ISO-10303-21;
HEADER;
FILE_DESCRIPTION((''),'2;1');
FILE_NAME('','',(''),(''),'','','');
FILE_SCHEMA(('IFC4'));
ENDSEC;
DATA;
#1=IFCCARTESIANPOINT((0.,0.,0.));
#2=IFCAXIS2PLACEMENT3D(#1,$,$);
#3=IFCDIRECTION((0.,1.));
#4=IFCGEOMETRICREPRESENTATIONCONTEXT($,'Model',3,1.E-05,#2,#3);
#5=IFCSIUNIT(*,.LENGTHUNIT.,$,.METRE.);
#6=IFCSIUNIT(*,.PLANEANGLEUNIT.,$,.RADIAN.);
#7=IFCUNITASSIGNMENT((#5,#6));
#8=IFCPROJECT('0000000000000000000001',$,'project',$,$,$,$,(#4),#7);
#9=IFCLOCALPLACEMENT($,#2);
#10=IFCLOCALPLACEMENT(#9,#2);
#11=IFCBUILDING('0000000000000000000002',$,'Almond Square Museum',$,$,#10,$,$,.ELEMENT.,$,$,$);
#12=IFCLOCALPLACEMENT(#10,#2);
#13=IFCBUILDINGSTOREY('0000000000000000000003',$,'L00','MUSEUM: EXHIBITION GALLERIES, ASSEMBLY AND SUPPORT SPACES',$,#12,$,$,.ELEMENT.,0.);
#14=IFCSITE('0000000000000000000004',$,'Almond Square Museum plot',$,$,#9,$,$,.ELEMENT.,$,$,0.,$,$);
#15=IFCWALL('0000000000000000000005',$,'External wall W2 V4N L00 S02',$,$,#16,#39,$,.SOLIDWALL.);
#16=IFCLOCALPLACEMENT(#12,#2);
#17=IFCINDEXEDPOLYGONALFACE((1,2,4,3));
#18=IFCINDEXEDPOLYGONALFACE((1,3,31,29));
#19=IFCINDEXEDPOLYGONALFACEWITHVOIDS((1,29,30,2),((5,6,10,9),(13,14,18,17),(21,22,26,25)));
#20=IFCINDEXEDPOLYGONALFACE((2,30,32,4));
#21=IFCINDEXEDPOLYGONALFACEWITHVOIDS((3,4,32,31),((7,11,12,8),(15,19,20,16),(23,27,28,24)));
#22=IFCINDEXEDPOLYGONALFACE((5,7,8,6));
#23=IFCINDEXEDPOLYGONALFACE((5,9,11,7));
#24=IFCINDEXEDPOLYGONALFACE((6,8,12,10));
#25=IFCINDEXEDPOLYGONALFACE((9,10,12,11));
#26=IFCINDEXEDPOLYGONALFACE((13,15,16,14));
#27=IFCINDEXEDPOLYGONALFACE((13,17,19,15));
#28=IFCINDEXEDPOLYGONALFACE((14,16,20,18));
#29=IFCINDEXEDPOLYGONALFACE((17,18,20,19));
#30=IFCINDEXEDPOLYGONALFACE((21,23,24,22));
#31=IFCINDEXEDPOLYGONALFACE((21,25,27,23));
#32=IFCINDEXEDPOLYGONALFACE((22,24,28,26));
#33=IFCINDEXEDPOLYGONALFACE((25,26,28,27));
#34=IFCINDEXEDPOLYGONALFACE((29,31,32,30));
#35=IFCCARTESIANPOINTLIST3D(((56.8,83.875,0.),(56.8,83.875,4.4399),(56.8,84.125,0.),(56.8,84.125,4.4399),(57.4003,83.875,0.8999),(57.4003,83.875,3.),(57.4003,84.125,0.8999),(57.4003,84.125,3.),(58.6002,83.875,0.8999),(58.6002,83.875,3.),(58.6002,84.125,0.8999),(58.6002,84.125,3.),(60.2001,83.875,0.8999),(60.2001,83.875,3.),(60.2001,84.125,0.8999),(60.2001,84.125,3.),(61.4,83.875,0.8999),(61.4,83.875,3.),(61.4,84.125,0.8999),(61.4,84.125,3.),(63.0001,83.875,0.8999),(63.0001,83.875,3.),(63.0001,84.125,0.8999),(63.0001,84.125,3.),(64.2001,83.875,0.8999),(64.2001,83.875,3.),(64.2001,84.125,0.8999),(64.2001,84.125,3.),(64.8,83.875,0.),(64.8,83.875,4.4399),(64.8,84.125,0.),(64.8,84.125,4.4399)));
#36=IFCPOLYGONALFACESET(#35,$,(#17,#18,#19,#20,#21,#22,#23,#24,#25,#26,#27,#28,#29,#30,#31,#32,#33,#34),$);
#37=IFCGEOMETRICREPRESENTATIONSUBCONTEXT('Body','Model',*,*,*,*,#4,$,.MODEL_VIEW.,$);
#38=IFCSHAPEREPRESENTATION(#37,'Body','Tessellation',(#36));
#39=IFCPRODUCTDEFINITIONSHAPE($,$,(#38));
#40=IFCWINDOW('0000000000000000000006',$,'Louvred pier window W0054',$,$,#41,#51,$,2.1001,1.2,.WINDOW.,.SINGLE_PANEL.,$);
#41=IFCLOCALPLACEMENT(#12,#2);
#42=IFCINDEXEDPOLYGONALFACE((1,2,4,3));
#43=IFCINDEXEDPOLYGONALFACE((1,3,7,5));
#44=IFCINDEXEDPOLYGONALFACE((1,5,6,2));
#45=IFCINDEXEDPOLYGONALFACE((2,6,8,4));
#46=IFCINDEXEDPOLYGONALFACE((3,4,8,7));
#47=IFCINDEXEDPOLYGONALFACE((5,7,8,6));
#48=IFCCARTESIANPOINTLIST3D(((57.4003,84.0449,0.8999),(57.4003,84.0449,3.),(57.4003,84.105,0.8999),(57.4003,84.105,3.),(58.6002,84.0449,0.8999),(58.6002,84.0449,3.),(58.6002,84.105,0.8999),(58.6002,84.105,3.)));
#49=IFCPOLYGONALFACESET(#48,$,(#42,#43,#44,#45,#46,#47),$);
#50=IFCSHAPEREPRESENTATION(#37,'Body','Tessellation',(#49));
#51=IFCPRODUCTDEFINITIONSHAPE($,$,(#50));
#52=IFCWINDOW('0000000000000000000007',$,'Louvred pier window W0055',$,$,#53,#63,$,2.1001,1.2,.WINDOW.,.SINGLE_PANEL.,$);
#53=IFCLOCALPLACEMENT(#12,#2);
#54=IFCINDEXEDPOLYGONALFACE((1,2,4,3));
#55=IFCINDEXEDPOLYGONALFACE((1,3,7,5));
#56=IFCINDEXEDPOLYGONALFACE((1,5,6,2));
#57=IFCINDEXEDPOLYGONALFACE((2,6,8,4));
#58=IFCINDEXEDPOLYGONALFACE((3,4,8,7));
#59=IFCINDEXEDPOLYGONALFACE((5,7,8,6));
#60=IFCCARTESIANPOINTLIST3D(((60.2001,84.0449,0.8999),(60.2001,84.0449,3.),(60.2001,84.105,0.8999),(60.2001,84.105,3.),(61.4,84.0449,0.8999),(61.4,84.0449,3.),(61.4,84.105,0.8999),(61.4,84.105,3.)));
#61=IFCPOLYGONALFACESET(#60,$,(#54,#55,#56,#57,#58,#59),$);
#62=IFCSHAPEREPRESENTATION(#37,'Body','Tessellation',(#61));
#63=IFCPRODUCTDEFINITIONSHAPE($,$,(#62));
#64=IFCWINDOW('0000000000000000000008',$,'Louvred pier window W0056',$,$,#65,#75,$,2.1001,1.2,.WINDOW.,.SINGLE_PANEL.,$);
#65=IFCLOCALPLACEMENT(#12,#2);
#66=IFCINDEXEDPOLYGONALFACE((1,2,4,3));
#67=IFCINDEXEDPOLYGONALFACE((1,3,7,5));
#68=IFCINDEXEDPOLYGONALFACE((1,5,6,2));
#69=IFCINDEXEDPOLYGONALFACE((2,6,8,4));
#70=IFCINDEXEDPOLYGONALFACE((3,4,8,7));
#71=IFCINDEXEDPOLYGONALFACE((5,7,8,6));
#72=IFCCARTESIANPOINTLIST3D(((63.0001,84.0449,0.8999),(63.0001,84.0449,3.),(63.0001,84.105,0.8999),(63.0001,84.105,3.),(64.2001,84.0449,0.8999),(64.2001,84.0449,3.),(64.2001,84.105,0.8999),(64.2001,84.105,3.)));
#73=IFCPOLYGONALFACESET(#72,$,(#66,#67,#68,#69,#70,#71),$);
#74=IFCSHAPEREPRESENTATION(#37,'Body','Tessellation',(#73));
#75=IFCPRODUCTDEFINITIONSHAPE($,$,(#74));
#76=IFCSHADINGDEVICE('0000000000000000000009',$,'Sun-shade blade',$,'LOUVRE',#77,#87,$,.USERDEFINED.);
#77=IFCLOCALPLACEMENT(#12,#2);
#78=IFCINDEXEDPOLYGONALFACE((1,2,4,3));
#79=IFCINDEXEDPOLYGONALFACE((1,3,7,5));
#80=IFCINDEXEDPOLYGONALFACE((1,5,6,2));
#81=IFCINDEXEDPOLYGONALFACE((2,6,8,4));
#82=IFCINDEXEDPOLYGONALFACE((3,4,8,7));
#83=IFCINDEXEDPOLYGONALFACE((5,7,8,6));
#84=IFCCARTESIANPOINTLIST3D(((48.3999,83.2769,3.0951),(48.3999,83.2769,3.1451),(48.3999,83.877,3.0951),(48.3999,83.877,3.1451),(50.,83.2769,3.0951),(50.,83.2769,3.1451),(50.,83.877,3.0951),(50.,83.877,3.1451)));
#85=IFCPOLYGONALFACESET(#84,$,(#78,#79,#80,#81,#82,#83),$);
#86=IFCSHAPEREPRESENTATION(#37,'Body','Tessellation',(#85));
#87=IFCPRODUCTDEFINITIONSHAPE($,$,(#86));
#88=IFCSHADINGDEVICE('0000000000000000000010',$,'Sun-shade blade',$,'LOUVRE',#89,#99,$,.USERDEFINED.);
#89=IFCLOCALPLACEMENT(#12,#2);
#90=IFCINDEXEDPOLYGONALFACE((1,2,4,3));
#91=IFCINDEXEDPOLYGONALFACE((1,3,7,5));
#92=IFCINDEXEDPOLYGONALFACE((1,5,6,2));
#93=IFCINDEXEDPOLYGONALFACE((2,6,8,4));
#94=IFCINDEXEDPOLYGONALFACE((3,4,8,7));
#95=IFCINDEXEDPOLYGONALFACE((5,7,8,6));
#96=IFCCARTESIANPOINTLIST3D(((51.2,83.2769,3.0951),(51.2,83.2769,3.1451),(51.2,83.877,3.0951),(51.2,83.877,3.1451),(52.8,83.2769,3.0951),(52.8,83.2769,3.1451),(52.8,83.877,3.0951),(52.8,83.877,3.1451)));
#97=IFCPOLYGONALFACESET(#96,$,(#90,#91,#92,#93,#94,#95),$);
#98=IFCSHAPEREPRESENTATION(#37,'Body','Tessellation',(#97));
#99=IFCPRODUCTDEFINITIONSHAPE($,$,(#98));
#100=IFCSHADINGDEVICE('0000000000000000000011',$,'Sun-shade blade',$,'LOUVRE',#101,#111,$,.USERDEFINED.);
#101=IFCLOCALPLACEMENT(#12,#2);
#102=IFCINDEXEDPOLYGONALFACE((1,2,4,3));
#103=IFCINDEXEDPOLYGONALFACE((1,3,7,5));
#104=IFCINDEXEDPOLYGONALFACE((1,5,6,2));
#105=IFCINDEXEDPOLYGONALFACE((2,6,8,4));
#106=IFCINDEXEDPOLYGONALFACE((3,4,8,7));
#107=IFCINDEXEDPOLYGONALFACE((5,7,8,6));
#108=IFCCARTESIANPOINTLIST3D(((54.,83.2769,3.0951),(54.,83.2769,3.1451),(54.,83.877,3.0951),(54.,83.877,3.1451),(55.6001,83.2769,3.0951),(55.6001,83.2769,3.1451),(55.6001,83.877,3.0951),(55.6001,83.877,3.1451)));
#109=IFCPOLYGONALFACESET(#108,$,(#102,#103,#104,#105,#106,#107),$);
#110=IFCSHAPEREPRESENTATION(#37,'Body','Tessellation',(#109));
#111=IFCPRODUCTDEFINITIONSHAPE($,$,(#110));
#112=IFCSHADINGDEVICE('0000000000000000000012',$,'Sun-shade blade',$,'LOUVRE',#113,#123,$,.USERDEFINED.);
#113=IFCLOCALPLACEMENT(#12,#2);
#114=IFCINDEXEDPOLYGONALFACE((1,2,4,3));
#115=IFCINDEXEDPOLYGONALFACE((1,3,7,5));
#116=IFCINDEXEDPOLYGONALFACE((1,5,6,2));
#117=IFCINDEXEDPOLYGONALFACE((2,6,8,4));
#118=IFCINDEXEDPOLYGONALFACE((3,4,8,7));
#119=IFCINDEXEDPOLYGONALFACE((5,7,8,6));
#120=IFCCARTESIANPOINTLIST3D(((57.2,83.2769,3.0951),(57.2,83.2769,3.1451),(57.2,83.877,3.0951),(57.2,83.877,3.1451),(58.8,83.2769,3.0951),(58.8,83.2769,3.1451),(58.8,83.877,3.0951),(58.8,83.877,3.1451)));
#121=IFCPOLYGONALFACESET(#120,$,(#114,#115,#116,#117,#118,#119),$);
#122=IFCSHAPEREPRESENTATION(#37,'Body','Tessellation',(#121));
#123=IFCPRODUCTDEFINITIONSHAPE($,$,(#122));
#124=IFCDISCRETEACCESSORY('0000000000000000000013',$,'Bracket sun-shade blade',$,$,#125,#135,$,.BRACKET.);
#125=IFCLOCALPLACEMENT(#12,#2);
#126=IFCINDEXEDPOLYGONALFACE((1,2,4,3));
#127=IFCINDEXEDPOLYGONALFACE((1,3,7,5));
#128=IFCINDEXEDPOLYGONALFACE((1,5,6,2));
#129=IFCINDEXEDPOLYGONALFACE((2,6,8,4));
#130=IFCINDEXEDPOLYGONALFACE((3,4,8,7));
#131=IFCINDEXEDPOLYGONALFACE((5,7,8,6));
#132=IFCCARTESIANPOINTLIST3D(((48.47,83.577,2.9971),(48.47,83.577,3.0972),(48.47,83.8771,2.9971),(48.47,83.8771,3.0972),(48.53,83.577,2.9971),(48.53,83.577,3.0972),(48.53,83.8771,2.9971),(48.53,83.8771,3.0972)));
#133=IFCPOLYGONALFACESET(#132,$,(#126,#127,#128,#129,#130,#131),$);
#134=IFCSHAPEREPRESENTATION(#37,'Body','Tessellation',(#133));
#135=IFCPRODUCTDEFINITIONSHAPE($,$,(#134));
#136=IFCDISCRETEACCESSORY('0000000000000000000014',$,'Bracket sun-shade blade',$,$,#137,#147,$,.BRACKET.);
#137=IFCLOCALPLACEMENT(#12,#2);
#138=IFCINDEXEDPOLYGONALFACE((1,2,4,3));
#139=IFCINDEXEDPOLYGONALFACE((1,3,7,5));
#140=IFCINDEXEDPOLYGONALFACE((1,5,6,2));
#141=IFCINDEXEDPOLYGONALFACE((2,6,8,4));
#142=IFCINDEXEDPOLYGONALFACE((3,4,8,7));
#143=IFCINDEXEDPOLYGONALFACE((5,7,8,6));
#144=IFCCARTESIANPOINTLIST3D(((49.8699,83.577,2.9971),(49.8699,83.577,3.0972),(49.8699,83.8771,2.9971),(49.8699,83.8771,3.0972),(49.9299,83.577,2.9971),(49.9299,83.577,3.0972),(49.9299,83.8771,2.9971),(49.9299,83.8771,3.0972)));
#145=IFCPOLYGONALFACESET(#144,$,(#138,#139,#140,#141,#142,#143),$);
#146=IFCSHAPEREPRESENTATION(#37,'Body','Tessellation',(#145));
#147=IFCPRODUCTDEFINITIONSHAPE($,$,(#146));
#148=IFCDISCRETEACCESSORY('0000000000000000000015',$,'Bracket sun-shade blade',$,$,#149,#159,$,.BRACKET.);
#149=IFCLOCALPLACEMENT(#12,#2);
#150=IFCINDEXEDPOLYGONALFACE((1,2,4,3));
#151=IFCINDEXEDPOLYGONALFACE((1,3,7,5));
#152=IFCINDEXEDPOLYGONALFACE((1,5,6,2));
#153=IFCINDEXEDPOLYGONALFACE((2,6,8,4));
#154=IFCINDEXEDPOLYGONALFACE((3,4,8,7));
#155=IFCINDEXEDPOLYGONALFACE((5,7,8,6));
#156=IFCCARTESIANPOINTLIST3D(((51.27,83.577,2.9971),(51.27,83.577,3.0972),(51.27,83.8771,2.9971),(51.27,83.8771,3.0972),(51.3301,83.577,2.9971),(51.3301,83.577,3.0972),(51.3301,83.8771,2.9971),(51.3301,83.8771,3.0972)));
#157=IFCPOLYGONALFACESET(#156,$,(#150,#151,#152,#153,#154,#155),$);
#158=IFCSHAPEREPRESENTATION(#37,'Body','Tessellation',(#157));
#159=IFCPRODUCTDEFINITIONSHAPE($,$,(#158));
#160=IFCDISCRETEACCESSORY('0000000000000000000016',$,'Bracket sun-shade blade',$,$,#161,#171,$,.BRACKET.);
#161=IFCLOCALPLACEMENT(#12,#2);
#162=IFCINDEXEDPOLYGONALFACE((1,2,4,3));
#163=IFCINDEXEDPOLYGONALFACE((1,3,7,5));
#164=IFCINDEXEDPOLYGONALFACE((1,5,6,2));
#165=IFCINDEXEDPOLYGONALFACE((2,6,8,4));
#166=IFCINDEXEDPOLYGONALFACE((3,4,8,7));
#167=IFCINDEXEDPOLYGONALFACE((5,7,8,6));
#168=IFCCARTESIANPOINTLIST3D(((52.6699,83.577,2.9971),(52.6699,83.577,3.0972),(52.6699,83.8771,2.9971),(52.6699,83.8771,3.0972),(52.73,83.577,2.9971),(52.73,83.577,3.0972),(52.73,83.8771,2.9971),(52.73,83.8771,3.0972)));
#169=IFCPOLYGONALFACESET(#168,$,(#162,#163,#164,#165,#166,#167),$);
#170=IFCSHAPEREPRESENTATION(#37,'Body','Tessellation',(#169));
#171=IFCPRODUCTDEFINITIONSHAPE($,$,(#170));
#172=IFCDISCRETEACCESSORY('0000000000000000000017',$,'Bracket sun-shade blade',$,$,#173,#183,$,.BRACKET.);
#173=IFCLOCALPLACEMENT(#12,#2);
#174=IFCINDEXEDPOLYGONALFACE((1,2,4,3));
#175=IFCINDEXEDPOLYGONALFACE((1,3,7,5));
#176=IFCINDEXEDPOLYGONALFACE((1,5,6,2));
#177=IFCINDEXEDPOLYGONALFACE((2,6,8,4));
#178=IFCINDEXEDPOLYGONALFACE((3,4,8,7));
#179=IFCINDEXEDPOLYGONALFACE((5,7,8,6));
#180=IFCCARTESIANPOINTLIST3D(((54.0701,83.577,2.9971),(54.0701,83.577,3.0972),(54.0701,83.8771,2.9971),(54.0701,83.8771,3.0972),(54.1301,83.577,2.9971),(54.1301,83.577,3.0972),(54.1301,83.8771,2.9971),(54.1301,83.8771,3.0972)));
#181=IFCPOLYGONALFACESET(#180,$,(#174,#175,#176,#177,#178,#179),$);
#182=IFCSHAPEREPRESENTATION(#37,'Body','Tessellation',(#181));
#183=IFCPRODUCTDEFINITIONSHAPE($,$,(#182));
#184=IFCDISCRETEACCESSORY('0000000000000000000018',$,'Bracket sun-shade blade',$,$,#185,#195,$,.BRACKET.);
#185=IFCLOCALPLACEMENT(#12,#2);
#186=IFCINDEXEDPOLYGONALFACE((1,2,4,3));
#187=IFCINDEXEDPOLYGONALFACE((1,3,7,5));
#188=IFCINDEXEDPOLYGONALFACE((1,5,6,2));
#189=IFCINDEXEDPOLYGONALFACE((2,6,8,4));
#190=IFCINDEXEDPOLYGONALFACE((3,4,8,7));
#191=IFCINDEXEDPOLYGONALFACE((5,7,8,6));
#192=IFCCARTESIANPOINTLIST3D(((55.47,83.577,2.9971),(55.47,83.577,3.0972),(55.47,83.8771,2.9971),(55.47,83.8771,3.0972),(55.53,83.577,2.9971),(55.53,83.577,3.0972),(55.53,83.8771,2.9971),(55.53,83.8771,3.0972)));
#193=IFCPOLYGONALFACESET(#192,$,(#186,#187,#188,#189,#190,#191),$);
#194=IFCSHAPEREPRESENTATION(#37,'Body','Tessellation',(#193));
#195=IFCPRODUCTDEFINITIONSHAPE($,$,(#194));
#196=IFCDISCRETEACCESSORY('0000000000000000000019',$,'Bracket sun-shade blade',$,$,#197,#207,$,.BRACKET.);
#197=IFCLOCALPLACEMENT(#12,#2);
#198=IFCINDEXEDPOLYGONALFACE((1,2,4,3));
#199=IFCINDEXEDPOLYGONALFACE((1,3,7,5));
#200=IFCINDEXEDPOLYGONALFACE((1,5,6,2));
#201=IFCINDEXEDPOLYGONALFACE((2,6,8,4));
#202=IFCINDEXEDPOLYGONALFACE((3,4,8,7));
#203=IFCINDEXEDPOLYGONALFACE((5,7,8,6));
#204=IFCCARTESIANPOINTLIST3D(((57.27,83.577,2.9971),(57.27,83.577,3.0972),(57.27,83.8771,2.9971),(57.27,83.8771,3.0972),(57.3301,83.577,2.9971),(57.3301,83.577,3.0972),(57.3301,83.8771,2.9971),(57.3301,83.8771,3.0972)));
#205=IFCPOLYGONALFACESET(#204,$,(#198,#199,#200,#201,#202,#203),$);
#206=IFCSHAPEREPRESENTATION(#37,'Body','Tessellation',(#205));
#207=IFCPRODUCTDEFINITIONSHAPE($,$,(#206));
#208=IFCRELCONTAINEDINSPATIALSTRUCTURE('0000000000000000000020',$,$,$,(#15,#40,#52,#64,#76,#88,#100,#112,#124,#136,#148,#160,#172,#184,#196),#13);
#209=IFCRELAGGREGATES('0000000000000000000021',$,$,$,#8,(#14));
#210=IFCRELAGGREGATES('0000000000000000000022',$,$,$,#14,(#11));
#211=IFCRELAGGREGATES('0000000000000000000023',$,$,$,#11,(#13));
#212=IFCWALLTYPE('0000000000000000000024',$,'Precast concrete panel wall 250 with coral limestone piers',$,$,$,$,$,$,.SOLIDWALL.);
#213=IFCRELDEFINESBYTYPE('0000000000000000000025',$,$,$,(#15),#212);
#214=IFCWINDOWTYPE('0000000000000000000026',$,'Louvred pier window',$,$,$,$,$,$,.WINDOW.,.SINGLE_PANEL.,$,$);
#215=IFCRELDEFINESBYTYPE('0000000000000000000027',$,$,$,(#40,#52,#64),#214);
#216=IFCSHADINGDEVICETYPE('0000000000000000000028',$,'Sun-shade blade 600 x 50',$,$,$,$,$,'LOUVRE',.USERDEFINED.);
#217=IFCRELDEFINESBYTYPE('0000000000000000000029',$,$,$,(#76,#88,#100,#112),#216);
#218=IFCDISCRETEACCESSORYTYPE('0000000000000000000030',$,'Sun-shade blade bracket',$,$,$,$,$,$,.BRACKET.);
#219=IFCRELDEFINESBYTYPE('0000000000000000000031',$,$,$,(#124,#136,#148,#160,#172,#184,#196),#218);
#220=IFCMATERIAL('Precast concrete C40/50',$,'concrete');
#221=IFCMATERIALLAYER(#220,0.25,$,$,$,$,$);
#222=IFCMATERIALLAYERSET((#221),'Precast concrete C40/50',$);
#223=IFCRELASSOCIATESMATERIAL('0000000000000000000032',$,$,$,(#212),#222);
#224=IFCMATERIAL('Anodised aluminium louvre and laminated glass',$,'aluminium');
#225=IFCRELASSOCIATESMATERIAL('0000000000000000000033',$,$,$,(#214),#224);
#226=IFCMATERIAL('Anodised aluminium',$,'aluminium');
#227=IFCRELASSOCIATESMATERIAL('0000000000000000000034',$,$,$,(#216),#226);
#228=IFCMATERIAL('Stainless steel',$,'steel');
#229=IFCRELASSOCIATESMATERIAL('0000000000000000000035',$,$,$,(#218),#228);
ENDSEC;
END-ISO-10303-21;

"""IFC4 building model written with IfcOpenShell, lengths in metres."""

from ifc_helpers import new_model, si_unit, direction, frame, frame_2d, origin, origin_2d, place, context, subcontext, project, spatial, rectangle, extrude, material, layer, layer_set, material_profile, profile_set, type_object, element, fill, save


model = new_model("IFC4")

# Units and contexts
model_context = context("Model", 3, precision=1e-05, world=origin(), true_north=direction((0.0, 1.0)))
body_context = subcontext(model_context, "Body", "Model", "MODEL_VIEW")
ifc_project = project(units=[si_unit("LENGTHUNIT", "METRE"), si_unit("PLANEANGLEUNIT", "RADIAN")], contexts=[model_context])

# Site, building, storey
site_placement = place(None, origin())
site = spatial("IfcSite", under=ifc_project, at=site_placement, Name="Almond Square Museum plot", CompositionType="ELEMENT", RefElevation=0.0)
building_placement = place(site_placement, origin())
building = spatial("IfcBuilding", under=site, at=building_placement, Name="Almond Square Museum", CompositionType="ELEMENT")
storey_placement = place(building_placement, origin())
storey = spatial("IfcBuildingStorey", under=building, at=storey_placement, Name="L00", Description="MUSEUM: EXHIBITION GALLERIES, ASSEMBLY AND SUPPORT SPACES", CompositionType="ELEMENT", Elevation=0.0)

# Wall, openings, windows
ifc_material_1 = material(Name="Precast concrete C40/50", Category="concrete")
ifc_layer = layer(ifc_material_1, 0.25)
ifc_layer_set = layer_set([ifc_layer], Name="Precast concrete C40/50")
wall_type = type_object("IfcWallType", Name="Precast concrete panel wall 250 with coral limestone piers", PredefinedType="SOLIDWALL", material=ifc_layer_set)
wall_placement = place(storey_placement, frame((56.8, 84.0, 0.0), z_axis=(0.0, 0.0, 1.0), x_axis=(1.0, 0.0, 0.0)))
wall = element("IfcWall", 1, at=wall_placement, inside=storey, type_object=wall_type, Name="External wall W2 V4N L00 S02", PredefinedType="SOLIDWALL", context=body_context, shape_type="SweptSolid", body=[
    extrude(rectangle(XDim=8.0, YDim=0.25, at=frame_2d((4.0, 0.0))), origin(), (0.0, 0.0, 1.0), 4.4399),
])
opening_1_placement = place(wall_placement, frame((0.6001, 0.0, 0.8999)))
opening_1 = element("IfcOpeningElement", 2, at=opening_1_placement, cuts=wall, PredefinedType="OPENING", context=body_context, shape_type="SweptSolid", body=[
    extrude(rectangle(XDim=1.2, YDim=2.1001, at=frame_2d((0.6001, 1.05))), frame((0.0, 0.135, 0.0), z_axis=(0.0, -1.0, 0.0), x_axis=(1.0, 0.0, 0.0)), (0.0, 0.0, 1.0), 0.27),
])
opening_2_placement = place(wall_placement, frame((3.3999, 0.0, 0.8999)))
opening_2 = element("IfcOpeningElement", 3, at=opening_2_placement, cuts=wall, PredefinedType="OPENING", context=body_context, shape_type="SweptSolid", body=[
    extrude(rectangle(XDim=1.2, YDim=2.1001, at=frame_2d((0.6001, 1.05))), frame((0.0, 0.135, 0.0), z_axis=(0.0, -1.0, 0.0), x_axis=(1.0, 0.0, 0.0)), (0.0, 0.0, 1.0), 0.27),
])
opening_3_placement = place(wall_placement, frame((6.2, 0.0, 0.8999)))
opening_3 = element("IfcOpeningElement", 4, at=opening_3_placement, cuts=wall, PredefinedType="OPENING", context=body_context, shape_type="SweptSolid", body=[
    extrude(rectangle(XDim=1.2, YDim=2.1001, at=frame_2d((0.6001, 1.05))), frame((0.0, 0.135, 0.0), z_axis=(0.0, -1.0, 0.0), x_axis=(1.0, 0.0, 0.0)), (0.0, 0.0, 1.0), 0.27),
])
ifc_material_2 = material(Name="Anodised aluminium louvre and laminated glass", Category="aluminium")
window_type = type_object("IfcWindowType", Name="Louvred pier window", PartitioningType="SINGLE_PANEL", PredefinedType="WINDOW", material=ifc_material_2)
window_1_placement = place(opening_1_placement, origin())
window_1 = element("IfcWindow", 5, at=window_1_placement, inside=storey, type_object=window_type, Name="Louvred pier window W0054", OverallHeight=2.1001, OverallWidth=1.2, PartitioningType="SINGLE_PANEL", PredefinedType="WINDOW", context=body_context, shape_type="SweptSolid", body=[
    extrude(rectangle(XDim=1.2, YDim=2.1001, at=frame_2d((0.6001, 1.05))), frame((0.0, 0.105, 0.0), z_axis=(0.0, -1.0, 0.0), x_axis=(1.0, 0.0, 0.0)), (0.0, 0.0, 1.0), 0.0601),
])
fill(opening_1, window_1)
window_2_placement = place(opening_2_placement, origin())
window_2 = element("IfcWindow", 6, at=window_2_placement, inside=storey, type_object=window_type, Name="Louvred pier window W0055", OverallHeight=2.1001, OverallWidth=1.2, PartitioningType="SINGLE_PANEL", PredefinedType="WINDOW", context=body_context, shape_type="SweptSolid", body=[
    extrude(rectangle(XDim=1.2, YDim=2.1001, at=frame_2d((0.6001, 1.05))), frame((0.0, 0.105, 0.0), z_axis=(0.0, -1.0, 0.0), x_axis=(1.0, 0.0, 0.0)), (0.0, 0.0, 1.0), 0.0601),
])
fill(opening_2, window_2)
window_3_placement = place(opening_3_placement, origin())
window_3 = element("IfcWindow", 7, at=window_3_placement, inside=storey, type_object=window_type, Name="Louvred pier window W0056", OverallHeight=2.1001, OverallWidth=1.2, PartitioningType="SINGLE_PANEL", PredefinedType="WINDOW", context=body_context, shape_type="SweptSolid", body=[
    extrude(rectangle(XDim=1.2, YDim=2.1001, at=frame_2d((0.6001, 1.05))), frame((0.0, 0.105, 0.0), z_axis=(0.0, -1.0, 0.0), x_axis=(1.0, 0.0, 0.0)), (0.0, 0.0, 1.0), 0.0601),
])
fill(opening_3, window_3)

# Shading devices
ifc_material_3 = material(Name="Anodised aluminium", Category="aluminium")
ifc_material_profile_1 = material_profile(ifc_material_3, rectangle(XDim=0.6001, YDim=0.05, at=origin_2d()))
ifc_profile_set_1 = profile_set([ifc_material_profile_1], Name="Anodised aluminium")
shading_device_type = type_object("IfcShadingDeviceType", Name="Sun-shade blade 600 x 50", ElementType="LOUVRE", PredefinedType="USERDEFINED", material=ifc_profile_set_1)
for number, where, z_axis, x_axis, name in (
    (8, (48.3999, 83.5769, 3.1201), (1.0, 0.0, 0.0), (0.0, 1.0, 0.0), "Sun-shade blade"),
    (9, (51.2, 83.5769, 3.1201), (1.0, 0.0, 0.0), (0.0, 1.0, 0.0), "Sun-shade blade"),
    (10, (54.0, 83.5769, 3.1201), (1.0, 0.0, 0.0), (0.0, 1.0, 0.0), "Sun-shade blade"),
    (11, (57.2, 83.5769, 3.1201), (1.0, 0.0, 0.0), (0.0, 1.0, 0.0), "Sun-shade blade"),
):
    element("IfcShadingDevice", number, at=place(storey_placement, frame(where, z_axis=z_axis, x_axis=x_axis)), inside=storey, type_object=shading_device_type, Name=name, ObjectType="LOUVRE", PredefinedType="USERDEFINED", context=body_context, shape_type="SweptSolid", body=[
        extrude(rectangle(XDim=0.6001, YDim=0.05, at=origin_2d()), origin(), (0.0, 0.0, 1.0), 1.6001),
    ])

# Discrete accessories
ifc_material_4 = material(Name="Stainless steel", Category="steel")
discrete_accessory_type = type_object("IfcDiscreteAccessoryType", Name="Sun-shade blade bracket", PredefinedType="BRACKET", material=ifc_material_4)
for number, where, z_axis, x_axis, name in (
    (12, (48.5, 83.7271, 2.9971), (0.0, 0.0, 1.0), (1.0, 0.0, 0.0), "Bracket sun-shade blade"),
    (13, (49.8999, 83.7271, 2.9971), (0.0, 0.0, 1.0), (1.0, 0.0, 0.0), "Bracket sun-shade blade"),
    (14, (51.3, 83.7271, 2.9971), (0.0, 0.0, 1.0), (1.0, 0.0, 0.0), "Bracket sun-shade blade"),
    (15, (52.7, 83.7271, 2.9971), (0.0, 0.0, 1.0), (1.0, 0.0, 0.0), "Bracket sun-shade blade"),
    (16, (54.1001, 83.7271, 2.9971), (0.0, 0.0, 1.0), (1.0, 0.0, 0.0), "Bracket sun-shade blade"),
    (17, (55.5, 83.7271, 2.9971), (0.0, 0.0, 1.0), (1.0, 0.0, 0.0), "Bracket sun-shade blade"),
    (18, (57.3, 83.7271, 2.9971), (0.0, 0.0, 1.0), (1.0, 0.0, 0.0), "Bracket sun-shade blade"),
):
    element("IfcDiscreteAccessory", number, at=place(storey_placement, frame(where, z_axis=z_axis, x_axis=x_axis)), inside=storey, type_object=discrete_accessory_type, Name=name, PredefinedType="BRACKET", context=body_context, shape_type="SweptSolid", body=[
        extrude(rectangle(XDim=0.0601, YDim=0.3, at=origin_2d()), origin(), (0.0, 0.0, 1.0), 0.1001),
    ])

save(model, "model.ifc")
